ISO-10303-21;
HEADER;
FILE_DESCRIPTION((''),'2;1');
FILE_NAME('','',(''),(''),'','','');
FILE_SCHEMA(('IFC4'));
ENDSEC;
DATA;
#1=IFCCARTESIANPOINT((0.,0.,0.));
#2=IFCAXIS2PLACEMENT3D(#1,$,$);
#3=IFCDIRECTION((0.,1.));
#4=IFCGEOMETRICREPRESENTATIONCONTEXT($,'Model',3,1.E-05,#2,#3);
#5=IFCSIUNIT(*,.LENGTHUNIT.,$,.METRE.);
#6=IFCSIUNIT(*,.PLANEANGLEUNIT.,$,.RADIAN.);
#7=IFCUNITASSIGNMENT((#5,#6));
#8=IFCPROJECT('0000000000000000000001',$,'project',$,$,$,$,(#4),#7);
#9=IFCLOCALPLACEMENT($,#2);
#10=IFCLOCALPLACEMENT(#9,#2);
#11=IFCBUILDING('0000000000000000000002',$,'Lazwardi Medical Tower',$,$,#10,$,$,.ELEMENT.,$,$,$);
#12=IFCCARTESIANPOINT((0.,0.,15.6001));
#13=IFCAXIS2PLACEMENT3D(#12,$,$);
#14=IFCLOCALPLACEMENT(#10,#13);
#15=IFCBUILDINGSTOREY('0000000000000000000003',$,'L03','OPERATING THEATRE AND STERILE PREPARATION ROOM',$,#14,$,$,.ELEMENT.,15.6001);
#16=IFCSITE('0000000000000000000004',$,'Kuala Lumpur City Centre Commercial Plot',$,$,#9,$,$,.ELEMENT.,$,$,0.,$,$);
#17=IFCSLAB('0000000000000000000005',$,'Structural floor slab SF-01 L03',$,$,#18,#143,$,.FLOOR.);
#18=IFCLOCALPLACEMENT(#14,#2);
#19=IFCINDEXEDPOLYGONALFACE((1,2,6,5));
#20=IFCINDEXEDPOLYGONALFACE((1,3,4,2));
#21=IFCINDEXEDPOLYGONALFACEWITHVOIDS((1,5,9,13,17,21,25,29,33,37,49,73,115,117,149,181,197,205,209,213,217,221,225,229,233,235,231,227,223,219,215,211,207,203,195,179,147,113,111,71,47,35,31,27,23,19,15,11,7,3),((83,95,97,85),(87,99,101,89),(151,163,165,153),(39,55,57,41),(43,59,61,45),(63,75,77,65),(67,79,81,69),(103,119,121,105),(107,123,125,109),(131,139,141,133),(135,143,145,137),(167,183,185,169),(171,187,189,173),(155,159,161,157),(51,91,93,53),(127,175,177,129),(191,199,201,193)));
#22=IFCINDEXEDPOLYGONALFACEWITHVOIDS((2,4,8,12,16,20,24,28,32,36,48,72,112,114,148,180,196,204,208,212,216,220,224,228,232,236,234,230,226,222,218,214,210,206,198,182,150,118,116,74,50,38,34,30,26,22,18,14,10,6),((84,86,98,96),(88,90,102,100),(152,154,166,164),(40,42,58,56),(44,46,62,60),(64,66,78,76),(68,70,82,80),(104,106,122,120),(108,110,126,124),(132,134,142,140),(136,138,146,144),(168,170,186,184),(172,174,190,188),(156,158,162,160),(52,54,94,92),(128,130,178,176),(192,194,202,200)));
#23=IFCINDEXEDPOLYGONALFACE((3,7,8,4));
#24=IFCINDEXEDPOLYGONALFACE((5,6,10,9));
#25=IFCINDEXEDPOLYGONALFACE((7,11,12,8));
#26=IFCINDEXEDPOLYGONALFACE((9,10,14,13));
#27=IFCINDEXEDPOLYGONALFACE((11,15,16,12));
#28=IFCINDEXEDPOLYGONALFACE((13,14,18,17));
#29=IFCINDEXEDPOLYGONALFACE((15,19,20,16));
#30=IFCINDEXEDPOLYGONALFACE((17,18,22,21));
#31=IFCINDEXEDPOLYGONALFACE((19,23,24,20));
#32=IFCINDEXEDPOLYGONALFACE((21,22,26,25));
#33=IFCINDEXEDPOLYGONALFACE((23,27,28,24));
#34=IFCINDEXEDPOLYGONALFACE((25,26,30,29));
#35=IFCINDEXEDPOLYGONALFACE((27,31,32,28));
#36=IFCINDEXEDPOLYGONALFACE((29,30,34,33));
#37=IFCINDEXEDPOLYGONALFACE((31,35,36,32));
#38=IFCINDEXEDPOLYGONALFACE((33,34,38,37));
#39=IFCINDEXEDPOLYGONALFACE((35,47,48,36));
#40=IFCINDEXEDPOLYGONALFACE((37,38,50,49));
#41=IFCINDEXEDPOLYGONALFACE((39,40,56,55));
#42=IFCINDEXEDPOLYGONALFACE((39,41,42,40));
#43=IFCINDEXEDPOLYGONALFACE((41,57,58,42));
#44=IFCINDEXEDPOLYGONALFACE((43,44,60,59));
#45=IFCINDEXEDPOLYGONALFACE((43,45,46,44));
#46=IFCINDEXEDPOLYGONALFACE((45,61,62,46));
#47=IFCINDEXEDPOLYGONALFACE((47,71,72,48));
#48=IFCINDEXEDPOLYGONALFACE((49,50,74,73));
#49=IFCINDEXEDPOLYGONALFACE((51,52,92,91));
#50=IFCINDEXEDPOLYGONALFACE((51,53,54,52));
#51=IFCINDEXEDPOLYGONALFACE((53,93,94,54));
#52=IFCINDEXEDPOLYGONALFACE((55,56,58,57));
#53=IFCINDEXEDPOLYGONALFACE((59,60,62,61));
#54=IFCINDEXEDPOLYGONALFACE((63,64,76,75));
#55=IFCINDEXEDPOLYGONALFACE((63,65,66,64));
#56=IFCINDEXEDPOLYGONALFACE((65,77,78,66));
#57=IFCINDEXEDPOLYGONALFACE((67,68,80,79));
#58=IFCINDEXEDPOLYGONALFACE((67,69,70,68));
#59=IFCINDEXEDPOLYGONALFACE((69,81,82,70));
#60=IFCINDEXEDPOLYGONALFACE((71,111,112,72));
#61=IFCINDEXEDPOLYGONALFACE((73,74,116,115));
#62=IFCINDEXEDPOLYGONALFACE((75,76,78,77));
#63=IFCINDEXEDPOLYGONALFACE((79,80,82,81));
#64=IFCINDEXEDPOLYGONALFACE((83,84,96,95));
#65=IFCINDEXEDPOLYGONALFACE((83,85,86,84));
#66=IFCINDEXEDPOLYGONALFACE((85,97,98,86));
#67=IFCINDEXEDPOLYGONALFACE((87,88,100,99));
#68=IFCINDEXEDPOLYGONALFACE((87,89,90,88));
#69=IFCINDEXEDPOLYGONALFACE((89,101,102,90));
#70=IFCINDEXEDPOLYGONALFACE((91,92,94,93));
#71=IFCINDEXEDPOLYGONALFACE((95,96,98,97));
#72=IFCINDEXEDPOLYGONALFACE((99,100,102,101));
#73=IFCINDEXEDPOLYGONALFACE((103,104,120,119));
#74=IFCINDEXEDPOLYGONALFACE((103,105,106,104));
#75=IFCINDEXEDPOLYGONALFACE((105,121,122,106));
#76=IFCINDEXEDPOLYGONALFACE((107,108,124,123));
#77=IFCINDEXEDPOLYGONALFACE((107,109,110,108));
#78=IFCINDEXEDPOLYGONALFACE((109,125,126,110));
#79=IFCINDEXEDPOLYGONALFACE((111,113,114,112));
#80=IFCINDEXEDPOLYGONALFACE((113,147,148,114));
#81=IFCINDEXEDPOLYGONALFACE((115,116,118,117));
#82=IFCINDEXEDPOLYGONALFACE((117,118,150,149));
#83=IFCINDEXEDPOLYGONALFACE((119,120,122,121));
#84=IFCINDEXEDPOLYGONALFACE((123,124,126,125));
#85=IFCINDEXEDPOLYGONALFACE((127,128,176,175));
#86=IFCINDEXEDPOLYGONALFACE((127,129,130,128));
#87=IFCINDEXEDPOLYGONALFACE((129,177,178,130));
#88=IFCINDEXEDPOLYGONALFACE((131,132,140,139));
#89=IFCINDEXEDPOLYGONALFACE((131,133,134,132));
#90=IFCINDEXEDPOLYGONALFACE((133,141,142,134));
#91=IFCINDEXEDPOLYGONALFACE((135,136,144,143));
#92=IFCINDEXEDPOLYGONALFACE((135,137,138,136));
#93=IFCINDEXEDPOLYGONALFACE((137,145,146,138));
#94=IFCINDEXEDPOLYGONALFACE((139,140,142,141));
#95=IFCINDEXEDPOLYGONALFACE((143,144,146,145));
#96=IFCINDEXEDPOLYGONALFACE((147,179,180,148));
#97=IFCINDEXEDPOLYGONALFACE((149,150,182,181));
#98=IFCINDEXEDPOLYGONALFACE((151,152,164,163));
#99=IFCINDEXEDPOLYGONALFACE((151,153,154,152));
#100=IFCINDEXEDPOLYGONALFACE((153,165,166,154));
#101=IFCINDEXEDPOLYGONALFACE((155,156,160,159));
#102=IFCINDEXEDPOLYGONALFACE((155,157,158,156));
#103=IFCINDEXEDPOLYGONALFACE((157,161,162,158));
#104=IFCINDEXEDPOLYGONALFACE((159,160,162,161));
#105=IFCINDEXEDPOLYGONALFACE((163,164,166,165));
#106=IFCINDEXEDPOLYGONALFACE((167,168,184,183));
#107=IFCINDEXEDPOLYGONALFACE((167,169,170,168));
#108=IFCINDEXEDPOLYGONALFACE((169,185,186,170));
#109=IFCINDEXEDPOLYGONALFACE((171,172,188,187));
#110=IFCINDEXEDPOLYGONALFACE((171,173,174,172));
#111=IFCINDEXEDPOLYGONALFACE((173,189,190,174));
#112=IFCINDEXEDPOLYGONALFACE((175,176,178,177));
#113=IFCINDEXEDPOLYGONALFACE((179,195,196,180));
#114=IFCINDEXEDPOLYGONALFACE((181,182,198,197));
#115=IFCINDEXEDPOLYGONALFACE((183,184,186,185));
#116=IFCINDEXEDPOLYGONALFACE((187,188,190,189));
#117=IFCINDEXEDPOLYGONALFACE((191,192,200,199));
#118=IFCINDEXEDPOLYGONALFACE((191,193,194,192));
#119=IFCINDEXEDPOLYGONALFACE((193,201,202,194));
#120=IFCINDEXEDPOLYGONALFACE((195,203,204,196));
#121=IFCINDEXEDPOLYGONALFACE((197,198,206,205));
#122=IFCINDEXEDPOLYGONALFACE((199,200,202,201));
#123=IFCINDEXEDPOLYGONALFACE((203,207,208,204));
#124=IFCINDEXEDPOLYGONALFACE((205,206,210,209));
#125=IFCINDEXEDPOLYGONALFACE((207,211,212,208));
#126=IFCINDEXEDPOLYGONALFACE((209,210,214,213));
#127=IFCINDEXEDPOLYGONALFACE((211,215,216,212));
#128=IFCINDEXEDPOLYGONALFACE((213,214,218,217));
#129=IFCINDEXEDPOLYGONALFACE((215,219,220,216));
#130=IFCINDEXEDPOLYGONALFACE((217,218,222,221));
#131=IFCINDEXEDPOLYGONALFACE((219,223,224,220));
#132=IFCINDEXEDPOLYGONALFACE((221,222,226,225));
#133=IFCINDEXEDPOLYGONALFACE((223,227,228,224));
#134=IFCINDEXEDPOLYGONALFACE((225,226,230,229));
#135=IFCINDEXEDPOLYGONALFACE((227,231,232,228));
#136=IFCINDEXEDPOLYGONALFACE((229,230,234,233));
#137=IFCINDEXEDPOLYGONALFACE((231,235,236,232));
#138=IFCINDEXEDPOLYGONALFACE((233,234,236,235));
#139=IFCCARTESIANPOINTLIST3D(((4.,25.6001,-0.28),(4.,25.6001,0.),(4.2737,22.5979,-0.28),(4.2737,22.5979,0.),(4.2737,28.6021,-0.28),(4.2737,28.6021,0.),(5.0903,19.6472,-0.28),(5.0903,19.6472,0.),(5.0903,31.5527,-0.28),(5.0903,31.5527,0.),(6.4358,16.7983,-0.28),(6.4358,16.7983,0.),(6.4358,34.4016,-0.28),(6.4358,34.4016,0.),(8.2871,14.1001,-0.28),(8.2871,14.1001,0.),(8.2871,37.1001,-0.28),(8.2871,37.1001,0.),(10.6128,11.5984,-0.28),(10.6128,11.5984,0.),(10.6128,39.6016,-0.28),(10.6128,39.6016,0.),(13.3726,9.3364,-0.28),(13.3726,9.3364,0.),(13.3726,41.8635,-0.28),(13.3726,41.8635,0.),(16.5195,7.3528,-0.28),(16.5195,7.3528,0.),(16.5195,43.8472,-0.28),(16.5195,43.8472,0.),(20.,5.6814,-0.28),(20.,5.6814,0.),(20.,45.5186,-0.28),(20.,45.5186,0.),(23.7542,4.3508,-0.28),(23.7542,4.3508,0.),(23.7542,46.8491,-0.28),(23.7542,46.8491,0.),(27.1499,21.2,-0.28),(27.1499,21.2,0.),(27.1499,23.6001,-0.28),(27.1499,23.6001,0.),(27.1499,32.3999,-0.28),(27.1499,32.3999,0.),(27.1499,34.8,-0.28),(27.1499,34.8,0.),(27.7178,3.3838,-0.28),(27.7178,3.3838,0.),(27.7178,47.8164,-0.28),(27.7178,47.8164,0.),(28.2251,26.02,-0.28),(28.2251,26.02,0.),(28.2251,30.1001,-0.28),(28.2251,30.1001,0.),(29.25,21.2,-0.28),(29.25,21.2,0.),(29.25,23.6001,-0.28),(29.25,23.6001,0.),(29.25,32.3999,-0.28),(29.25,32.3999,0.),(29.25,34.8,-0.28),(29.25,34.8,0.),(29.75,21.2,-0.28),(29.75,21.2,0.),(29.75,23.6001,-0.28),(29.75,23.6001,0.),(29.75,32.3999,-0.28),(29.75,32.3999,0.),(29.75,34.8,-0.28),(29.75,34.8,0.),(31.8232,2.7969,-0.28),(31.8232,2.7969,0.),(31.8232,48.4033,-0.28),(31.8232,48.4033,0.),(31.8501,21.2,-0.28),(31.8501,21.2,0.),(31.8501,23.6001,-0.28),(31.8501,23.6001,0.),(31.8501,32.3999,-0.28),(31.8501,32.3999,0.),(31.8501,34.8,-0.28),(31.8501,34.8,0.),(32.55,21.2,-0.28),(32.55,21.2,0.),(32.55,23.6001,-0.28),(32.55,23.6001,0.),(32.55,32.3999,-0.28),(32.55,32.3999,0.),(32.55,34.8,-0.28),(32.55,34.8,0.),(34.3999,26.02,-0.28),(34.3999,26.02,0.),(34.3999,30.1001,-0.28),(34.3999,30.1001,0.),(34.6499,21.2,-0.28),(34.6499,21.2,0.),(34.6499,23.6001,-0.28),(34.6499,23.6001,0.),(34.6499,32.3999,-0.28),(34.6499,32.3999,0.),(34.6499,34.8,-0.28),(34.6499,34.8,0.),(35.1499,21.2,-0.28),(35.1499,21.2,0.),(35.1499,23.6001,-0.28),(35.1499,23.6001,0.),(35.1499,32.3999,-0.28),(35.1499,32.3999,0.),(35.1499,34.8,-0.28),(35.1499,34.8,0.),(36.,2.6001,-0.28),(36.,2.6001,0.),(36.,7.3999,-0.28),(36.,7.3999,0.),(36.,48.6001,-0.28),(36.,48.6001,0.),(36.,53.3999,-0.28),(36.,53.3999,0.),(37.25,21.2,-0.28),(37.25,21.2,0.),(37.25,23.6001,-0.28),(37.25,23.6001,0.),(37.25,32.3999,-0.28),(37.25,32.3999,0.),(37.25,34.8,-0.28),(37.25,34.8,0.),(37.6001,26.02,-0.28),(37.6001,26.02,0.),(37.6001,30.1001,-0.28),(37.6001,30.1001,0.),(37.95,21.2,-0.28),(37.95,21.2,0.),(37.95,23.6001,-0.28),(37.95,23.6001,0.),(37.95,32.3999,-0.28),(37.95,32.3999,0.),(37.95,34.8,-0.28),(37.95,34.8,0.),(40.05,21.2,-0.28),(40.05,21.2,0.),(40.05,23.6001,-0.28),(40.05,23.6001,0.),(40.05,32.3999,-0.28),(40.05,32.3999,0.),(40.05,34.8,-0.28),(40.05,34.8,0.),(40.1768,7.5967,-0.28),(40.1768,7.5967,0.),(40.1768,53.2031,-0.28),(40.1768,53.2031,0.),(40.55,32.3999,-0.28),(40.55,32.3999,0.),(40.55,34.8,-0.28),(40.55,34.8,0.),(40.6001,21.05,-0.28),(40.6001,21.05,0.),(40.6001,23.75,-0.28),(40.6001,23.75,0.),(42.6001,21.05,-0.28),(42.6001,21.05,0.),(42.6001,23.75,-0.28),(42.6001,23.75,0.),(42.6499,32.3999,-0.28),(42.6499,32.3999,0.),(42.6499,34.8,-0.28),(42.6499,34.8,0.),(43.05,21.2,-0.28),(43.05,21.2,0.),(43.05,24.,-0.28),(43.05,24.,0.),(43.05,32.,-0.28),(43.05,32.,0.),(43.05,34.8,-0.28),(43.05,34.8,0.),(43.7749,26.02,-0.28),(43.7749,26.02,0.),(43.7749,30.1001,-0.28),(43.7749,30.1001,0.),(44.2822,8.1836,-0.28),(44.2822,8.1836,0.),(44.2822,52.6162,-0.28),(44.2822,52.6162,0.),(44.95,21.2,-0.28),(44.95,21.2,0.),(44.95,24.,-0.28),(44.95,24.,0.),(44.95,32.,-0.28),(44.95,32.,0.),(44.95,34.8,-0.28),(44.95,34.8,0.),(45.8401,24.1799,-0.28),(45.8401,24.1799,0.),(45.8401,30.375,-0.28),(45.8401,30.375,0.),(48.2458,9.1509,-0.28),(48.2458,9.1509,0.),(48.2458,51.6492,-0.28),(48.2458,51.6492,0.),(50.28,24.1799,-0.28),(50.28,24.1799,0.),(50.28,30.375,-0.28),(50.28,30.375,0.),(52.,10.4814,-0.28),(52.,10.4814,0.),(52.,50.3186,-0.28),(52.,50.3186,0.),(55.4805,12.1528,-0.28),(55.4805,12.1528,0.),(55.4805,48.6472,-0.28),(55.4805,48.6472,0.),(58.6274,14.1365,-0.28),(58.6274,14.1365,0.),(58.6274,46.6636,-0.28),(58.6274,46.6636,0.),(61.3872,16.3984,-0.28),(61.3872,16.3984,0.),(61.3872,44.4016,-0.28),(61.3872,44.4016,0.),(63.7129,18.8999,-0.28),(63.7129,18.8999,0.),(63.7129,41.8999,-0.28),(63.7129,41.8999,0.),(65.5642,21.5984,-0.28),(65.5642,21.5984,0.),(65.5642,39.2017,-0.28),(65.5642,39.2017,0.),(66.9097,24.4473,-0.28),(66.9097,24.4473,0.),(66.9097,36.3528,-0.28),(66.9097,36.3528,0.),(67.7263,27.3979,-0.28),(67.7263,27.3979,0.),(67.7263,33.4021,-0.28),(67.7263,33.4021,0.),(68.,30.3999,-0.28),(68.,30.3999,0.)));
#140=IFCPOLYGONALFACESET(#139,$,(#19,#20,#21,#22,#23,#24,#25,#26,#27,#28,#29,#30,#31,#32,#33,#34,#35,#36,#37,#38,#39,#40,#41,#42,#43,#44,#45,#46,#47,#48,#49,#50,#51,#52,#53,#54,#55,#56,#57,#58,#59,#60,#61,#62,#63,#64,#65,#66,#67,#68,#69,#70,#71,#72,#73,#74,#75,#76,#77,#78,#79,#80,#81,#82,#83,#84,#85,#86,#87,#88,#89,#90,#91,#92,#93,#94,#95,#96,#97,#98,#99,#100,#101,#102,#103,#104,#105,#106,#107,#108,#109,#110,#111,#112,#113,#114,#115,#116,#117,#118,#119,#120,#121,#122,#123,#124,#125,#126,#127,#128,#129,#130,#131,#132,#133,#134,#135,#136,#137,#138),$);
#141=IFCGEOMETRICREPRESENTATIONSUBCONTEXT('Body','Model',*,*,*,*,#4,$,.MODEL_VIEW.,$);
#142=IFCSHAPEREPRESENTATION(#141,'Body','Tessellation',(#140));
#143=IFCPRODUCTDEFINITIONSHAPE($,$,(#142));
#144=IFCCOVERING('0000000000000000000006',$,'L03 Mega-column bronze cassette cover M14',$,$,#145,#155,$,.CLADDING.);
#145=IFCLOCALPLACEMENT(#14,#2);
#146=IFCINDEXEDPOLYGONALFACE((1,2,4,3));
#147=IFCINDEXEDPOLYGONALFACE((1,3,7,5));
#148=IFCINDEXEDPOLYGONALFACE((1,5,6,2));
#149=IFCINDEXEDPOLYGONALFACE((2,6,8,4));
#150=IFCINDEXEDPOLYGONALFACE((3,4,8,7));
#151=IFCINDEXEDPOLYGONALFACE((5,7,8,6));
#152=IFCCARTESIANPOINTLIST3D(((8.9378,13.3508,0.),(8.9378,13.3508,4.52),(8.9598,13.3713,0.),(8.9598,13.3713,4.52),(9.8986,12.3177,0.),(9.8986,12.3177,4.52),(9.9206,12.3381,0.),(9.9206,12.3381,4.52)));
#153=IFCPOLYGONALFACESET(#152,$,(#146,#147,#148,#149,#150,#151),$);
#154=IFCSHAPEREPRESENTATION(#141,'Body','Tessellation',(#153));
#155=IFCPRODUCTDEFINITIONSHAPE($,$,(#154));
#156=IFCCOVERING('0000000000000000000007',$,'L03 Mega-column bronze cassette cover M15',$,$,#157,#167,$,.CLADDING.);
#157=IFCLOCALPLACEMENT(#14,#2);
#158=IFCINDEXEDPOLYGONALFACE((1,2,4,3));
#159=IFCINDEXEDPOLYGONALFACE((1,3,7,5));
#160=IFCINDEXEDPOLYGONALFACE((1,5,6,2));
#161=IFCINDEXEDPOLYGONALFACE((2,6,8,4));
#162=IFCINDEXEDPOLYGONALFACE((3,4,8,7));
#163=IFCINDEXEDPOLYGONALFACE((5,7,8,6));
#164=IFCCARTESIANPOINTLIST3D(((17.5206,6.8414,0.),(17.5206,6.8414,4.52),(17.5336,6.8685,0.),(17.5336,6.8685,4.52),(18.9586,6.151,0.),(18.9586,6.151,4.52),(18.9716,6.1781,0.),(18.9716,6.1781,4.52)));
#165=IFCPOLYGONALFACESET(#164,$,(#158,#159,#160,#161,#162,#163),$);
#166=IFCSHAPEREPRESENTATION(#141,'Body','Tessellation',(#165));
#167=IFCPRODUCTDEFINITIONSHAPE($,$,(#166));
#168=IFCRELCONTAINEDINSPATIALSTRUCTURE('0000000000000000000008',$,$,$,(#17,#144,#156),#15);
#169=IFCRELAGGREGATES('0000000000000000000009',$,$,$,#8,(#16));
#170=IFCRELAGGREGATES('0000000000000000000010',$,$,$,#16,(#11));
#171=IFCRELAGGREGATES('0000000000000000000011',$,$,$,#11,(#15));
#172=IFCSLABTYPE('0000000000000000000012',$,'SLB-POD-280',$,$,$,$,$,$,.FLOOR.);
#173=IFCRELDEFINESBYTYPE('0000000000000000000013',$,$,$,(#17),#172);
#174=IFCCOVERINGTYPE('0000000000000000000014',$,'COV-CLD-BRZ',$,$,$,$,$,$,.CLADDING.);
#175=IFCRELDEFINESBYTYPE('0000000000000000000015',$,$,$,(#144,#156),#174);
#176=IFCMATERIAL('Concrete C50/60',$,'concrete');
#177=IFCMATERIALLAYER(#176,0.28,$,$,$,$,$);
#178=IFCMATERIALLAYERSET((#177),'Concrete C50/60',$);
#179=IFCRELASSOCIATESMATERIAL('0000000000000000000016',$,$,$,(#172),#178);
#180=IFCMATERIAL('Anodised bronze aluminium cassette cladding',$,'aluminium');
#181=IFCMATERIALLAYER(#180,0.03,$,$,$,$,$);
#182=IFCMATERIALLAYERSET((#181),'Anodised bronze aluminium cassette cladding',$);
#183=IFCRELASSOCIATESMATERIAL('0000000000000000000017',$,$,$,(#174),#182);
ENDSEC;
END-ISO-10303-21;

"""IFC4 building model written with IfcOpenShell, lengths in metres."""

from ifc_helpers import new_model, si_unit, direction, frame, origin, origin_2d, place, context, subcontext, project, spatial, polyline, rectangle, outline, extrude, material, layer, layer_set, type_object, element, save


model = new_model("IFC4")

# Units and contexts
model_context = context("Model", 3, precision=1e-05, world=origin(), true_north=direction((0.0, 1.0)))
body_context = subcontext(model_context, "Body", "Model", "MODEL_VIEW")
ifc_project = project(units=[si_unit("LENGTHUNIT", "METRE"), si_unit("PLANEANGLEUNIT", "RADIAN")], contexts=[model_context])

# Site, building, storey
site_placement = place(None, origin())
site = spatial("IfcSite", under=ifc_project, at=site_placement, Name="Kuala Lumpur City Centre Commercial Plot", CompositionType="ELEMENT", RefElevation=0.0)
building_placement = place(site_placement, origin())
building = spatial("IfcBuilding", under=site, at=building_placement, Name="Lazwardi Medical Tower", CompositionType="ELEMENT")
storey_placement = place(building_placement, frame((0.0, 0.0, 15.6001)))
storey = spatial("IfcBuildingStorey", under=building, at=storey_placement, Name="L03", Description="OPERATING THEATRE AND STERILE PREPARATION ROOM", CompositionType="ELEMENT", Elevation=15.6001)

# Slab
ifc_material_1 = material(Name="Concrete C50/60", Category="concrete")
ifc_layer_1 = layer(ifc_material_1, 0.28)
ifc_layer_set_1 = layer_set([ifc_layer_1], Name="Concrete C50/60")
slab_type_1 = type_object("IfcSlabType", Name="SLB-POD-280", PredefinedType="FLOOR", material=ifc_layer_set_1)
slab_1_placement = place(storey_placement, frame((0.0, 0.0, -0.28)))
element("IfcSlab", 1, at=slab_1_placement, inside=storey, type_object=slab_type_1, Name="Structural floor slab SF-01 L03", PredefinedType="FLOOR", context=body_context, shape_type="SweptSolid", body=[
    extrude(outline(polyline([(6.4358, 34.4016), (5.0903, 31.5527), (4.2737, 28.6021), (4.0, 25.6001), (4.2737, 22.5979), (5.0903, 19.6472), (6.4358, 16.7983), (8.2871, 14.1001), (10.6128, 11.5984), (13.3726, 9.3364), (16.5195, 7.3528), (20.0, 5.6814), (23.7542, 4.3508), (27.7178, 3.3838), (31.8232, 2.7969), (36.0, 2.6001), (36.0, 7.3999), (40.1768, 7.5967), (44.2822, 8.1836), (48.2458, 9.1509), (52.0, 10.4814), (55.4805, 12.1528), (58.6274, 14.1365), (61.3872, 16.3984), (63.7129, 18.8999), (65.5642, 21.5984), (66.9097, 24.4473), (67.7263, 27.3979), (68.0, 30.3999), (67.7263, 33.4021), (66.9097, 36.3528), (65.5642, 39.2017), (63.7129, 41.8999), (61.3872, 44.4016), (58.6274, 46.6636), (55.4805, 48.6472), (52.0, 50.3186), (48.2458, 51.6492), (44.2822, 52.6162), (40.1768, 53.2031), (36.0, 53.3999), (36.0, 48.6001), (31.8232, 48.4033), (27.7178, 47.8164), (23.7542, 46.8491), (20.0, 45.5186), (16.5195, 43.8472), (13.3726, 41.8635), (10.6128, 39.6016), (8.2871, 37.1001), (6.4358, 34.4016)]), holes=[polyline([(28.2251, 26.02), (28.2251, 30.1001), (34.3999, 30.1001), (34.3999, 26.02), (28.2251, 26.02)]), polyline([(37.6001, 30.1001), (43.7749, 30.1001), (43.7749, 26.02), (37.6001, 26.02), (37.6001, 30.1001)]), polyline([(50.28, 30.375), (50.28, 24.1799), (45.8401, 24.1799), (45.8401, 30.375), (50.28, 30.375)]), polyline([(29.25, 32.3999), (27.1499, 32.3999), (27.1499, 34.8), (29.25, 34.8), (29.25, 32.3999)]), polyline([(29.75, 32.3999), (29.75, 34.8), (31.8501, 34.8), (31.8501, 32.3999), (29.75, 32.3999)]), polyline([(27.1499, 23.6001), (29.25, 23.6001), (29.25, 21.2), (27.1499, 21.2), (27.1499, 23.6001)]), polyline([(31.8501, 23.6001), (31.8501, 21.2), (29.75, 21.2), (29.75, 23.6001), (31.8501, 23.6001)]), polyline([(34.6499, 32.3999), (32.55, 32.3999), (32.55, 34.8), (34.6499, 34.8), (34.6499, 32.3999)]), polyline([(35.1499, 32.3999), (35.1499, 34.8), (37.25, 34.8), (37.25, 32.3999), (35.1499, 32.3999)]), polyline([(32.55, 23.6001), (34.6499, 23.6001), (34.6499, 21.2), (32.55, 21.2), (32.55, 23.6001)]), polyline([(37.25, 23.6001), (37.25, 21.2), (35.1499, 21.2), (35.1499, 23.6001), (37.25, 23.6001)]), polyline([(40.05, 32.3999), (37.95, 32.3999), (37.95, 34.8), (40.05, 34.8), (40.05, 32.3999)]), polyline([(40.55, 32.3999), (40.55, 34.8), (42.6499, 34.8), (42.6499, 32.3999), (40.55, 32.3999)]), polyline([(37.95, 23.6001), (40.05, 23.6001), (40.05, 21.2), (37.95, 21.2), (37.95, 23.6001)]), polyline([(44.95, 34.8), (44.95, 32.0), (43.05, 32.0), (43.05, 34.8), (44.95, 34.8)]), polyline([(44.95, 21.2), (43.05, 21.2), (43.05, 24.0), (44.95, 24.0), (44.95, 21.2)]), polyline([(40.6001, 21.05), (40.6001, 23.75), (42.6001, 23.75), (42.6001, 21.05), (40.6001, 21.05)])]), origin(), (0.0, 0.0, 1.0), 0.28),
])

# Coverings
ifc_material_2 = material(Name="Anodised bronze aluminium cassette cladding", Category="aluminium")
ifc_layer_2 = layer(ifc_material_2, 0.03)
ifc_layer_set_2 = layer_set([ifc_layer_2], Name="Anodised bronze aluminium cassette cladding")
covering_type = type_object("IfcCoveringType", Name="COV-CLD-BRZ", PredefinedType="CLADDING", material=ifc_layer_set_2)
covering_1_placement = place(storey_placement, frame((9.4292, 12.8445, 0.0), z_axis=(0.0, 0.0, 1.0), x_axis=(0.681019, -0.732266, 0.0)))
element("IfcCovering", 2, at=covering_1_placement, inside=storey, type_object=covering_type, Name="L03 Mega-column bronze cassette cover M14", PredefinedType="CLADDING", context=body_context, shape_type="SweptSolid", body=[
    extrude(rectangle(XDim=1.4109, YDim=0.03, at=origin_2d()), origin(), (0.0, 0.0, 1.0), 4.52),
])
covering_2_placement = place(storey_placement, frame((18.2461, 6.5098, 0.0), z_axis=(0.0, 0.0, 1.0), x_axis=(0.901484, -0.432813, 0.0)))
element("IfcCovering", 3, at=covering_2_placement, inside=storey, type_object=covering_type, Name="L03 Mega-column bronze cassette cover M15", PredefinedType="CLADDING", context=body_context, shape_type="SweptSolid", body=[
    extrude(rectangle(XDim=1.5952, YDim=0.03, at=origin_2d()), origin(), (0.0, 0.0, 1.0), 4.52),
])

save(model, "model.ifc")
